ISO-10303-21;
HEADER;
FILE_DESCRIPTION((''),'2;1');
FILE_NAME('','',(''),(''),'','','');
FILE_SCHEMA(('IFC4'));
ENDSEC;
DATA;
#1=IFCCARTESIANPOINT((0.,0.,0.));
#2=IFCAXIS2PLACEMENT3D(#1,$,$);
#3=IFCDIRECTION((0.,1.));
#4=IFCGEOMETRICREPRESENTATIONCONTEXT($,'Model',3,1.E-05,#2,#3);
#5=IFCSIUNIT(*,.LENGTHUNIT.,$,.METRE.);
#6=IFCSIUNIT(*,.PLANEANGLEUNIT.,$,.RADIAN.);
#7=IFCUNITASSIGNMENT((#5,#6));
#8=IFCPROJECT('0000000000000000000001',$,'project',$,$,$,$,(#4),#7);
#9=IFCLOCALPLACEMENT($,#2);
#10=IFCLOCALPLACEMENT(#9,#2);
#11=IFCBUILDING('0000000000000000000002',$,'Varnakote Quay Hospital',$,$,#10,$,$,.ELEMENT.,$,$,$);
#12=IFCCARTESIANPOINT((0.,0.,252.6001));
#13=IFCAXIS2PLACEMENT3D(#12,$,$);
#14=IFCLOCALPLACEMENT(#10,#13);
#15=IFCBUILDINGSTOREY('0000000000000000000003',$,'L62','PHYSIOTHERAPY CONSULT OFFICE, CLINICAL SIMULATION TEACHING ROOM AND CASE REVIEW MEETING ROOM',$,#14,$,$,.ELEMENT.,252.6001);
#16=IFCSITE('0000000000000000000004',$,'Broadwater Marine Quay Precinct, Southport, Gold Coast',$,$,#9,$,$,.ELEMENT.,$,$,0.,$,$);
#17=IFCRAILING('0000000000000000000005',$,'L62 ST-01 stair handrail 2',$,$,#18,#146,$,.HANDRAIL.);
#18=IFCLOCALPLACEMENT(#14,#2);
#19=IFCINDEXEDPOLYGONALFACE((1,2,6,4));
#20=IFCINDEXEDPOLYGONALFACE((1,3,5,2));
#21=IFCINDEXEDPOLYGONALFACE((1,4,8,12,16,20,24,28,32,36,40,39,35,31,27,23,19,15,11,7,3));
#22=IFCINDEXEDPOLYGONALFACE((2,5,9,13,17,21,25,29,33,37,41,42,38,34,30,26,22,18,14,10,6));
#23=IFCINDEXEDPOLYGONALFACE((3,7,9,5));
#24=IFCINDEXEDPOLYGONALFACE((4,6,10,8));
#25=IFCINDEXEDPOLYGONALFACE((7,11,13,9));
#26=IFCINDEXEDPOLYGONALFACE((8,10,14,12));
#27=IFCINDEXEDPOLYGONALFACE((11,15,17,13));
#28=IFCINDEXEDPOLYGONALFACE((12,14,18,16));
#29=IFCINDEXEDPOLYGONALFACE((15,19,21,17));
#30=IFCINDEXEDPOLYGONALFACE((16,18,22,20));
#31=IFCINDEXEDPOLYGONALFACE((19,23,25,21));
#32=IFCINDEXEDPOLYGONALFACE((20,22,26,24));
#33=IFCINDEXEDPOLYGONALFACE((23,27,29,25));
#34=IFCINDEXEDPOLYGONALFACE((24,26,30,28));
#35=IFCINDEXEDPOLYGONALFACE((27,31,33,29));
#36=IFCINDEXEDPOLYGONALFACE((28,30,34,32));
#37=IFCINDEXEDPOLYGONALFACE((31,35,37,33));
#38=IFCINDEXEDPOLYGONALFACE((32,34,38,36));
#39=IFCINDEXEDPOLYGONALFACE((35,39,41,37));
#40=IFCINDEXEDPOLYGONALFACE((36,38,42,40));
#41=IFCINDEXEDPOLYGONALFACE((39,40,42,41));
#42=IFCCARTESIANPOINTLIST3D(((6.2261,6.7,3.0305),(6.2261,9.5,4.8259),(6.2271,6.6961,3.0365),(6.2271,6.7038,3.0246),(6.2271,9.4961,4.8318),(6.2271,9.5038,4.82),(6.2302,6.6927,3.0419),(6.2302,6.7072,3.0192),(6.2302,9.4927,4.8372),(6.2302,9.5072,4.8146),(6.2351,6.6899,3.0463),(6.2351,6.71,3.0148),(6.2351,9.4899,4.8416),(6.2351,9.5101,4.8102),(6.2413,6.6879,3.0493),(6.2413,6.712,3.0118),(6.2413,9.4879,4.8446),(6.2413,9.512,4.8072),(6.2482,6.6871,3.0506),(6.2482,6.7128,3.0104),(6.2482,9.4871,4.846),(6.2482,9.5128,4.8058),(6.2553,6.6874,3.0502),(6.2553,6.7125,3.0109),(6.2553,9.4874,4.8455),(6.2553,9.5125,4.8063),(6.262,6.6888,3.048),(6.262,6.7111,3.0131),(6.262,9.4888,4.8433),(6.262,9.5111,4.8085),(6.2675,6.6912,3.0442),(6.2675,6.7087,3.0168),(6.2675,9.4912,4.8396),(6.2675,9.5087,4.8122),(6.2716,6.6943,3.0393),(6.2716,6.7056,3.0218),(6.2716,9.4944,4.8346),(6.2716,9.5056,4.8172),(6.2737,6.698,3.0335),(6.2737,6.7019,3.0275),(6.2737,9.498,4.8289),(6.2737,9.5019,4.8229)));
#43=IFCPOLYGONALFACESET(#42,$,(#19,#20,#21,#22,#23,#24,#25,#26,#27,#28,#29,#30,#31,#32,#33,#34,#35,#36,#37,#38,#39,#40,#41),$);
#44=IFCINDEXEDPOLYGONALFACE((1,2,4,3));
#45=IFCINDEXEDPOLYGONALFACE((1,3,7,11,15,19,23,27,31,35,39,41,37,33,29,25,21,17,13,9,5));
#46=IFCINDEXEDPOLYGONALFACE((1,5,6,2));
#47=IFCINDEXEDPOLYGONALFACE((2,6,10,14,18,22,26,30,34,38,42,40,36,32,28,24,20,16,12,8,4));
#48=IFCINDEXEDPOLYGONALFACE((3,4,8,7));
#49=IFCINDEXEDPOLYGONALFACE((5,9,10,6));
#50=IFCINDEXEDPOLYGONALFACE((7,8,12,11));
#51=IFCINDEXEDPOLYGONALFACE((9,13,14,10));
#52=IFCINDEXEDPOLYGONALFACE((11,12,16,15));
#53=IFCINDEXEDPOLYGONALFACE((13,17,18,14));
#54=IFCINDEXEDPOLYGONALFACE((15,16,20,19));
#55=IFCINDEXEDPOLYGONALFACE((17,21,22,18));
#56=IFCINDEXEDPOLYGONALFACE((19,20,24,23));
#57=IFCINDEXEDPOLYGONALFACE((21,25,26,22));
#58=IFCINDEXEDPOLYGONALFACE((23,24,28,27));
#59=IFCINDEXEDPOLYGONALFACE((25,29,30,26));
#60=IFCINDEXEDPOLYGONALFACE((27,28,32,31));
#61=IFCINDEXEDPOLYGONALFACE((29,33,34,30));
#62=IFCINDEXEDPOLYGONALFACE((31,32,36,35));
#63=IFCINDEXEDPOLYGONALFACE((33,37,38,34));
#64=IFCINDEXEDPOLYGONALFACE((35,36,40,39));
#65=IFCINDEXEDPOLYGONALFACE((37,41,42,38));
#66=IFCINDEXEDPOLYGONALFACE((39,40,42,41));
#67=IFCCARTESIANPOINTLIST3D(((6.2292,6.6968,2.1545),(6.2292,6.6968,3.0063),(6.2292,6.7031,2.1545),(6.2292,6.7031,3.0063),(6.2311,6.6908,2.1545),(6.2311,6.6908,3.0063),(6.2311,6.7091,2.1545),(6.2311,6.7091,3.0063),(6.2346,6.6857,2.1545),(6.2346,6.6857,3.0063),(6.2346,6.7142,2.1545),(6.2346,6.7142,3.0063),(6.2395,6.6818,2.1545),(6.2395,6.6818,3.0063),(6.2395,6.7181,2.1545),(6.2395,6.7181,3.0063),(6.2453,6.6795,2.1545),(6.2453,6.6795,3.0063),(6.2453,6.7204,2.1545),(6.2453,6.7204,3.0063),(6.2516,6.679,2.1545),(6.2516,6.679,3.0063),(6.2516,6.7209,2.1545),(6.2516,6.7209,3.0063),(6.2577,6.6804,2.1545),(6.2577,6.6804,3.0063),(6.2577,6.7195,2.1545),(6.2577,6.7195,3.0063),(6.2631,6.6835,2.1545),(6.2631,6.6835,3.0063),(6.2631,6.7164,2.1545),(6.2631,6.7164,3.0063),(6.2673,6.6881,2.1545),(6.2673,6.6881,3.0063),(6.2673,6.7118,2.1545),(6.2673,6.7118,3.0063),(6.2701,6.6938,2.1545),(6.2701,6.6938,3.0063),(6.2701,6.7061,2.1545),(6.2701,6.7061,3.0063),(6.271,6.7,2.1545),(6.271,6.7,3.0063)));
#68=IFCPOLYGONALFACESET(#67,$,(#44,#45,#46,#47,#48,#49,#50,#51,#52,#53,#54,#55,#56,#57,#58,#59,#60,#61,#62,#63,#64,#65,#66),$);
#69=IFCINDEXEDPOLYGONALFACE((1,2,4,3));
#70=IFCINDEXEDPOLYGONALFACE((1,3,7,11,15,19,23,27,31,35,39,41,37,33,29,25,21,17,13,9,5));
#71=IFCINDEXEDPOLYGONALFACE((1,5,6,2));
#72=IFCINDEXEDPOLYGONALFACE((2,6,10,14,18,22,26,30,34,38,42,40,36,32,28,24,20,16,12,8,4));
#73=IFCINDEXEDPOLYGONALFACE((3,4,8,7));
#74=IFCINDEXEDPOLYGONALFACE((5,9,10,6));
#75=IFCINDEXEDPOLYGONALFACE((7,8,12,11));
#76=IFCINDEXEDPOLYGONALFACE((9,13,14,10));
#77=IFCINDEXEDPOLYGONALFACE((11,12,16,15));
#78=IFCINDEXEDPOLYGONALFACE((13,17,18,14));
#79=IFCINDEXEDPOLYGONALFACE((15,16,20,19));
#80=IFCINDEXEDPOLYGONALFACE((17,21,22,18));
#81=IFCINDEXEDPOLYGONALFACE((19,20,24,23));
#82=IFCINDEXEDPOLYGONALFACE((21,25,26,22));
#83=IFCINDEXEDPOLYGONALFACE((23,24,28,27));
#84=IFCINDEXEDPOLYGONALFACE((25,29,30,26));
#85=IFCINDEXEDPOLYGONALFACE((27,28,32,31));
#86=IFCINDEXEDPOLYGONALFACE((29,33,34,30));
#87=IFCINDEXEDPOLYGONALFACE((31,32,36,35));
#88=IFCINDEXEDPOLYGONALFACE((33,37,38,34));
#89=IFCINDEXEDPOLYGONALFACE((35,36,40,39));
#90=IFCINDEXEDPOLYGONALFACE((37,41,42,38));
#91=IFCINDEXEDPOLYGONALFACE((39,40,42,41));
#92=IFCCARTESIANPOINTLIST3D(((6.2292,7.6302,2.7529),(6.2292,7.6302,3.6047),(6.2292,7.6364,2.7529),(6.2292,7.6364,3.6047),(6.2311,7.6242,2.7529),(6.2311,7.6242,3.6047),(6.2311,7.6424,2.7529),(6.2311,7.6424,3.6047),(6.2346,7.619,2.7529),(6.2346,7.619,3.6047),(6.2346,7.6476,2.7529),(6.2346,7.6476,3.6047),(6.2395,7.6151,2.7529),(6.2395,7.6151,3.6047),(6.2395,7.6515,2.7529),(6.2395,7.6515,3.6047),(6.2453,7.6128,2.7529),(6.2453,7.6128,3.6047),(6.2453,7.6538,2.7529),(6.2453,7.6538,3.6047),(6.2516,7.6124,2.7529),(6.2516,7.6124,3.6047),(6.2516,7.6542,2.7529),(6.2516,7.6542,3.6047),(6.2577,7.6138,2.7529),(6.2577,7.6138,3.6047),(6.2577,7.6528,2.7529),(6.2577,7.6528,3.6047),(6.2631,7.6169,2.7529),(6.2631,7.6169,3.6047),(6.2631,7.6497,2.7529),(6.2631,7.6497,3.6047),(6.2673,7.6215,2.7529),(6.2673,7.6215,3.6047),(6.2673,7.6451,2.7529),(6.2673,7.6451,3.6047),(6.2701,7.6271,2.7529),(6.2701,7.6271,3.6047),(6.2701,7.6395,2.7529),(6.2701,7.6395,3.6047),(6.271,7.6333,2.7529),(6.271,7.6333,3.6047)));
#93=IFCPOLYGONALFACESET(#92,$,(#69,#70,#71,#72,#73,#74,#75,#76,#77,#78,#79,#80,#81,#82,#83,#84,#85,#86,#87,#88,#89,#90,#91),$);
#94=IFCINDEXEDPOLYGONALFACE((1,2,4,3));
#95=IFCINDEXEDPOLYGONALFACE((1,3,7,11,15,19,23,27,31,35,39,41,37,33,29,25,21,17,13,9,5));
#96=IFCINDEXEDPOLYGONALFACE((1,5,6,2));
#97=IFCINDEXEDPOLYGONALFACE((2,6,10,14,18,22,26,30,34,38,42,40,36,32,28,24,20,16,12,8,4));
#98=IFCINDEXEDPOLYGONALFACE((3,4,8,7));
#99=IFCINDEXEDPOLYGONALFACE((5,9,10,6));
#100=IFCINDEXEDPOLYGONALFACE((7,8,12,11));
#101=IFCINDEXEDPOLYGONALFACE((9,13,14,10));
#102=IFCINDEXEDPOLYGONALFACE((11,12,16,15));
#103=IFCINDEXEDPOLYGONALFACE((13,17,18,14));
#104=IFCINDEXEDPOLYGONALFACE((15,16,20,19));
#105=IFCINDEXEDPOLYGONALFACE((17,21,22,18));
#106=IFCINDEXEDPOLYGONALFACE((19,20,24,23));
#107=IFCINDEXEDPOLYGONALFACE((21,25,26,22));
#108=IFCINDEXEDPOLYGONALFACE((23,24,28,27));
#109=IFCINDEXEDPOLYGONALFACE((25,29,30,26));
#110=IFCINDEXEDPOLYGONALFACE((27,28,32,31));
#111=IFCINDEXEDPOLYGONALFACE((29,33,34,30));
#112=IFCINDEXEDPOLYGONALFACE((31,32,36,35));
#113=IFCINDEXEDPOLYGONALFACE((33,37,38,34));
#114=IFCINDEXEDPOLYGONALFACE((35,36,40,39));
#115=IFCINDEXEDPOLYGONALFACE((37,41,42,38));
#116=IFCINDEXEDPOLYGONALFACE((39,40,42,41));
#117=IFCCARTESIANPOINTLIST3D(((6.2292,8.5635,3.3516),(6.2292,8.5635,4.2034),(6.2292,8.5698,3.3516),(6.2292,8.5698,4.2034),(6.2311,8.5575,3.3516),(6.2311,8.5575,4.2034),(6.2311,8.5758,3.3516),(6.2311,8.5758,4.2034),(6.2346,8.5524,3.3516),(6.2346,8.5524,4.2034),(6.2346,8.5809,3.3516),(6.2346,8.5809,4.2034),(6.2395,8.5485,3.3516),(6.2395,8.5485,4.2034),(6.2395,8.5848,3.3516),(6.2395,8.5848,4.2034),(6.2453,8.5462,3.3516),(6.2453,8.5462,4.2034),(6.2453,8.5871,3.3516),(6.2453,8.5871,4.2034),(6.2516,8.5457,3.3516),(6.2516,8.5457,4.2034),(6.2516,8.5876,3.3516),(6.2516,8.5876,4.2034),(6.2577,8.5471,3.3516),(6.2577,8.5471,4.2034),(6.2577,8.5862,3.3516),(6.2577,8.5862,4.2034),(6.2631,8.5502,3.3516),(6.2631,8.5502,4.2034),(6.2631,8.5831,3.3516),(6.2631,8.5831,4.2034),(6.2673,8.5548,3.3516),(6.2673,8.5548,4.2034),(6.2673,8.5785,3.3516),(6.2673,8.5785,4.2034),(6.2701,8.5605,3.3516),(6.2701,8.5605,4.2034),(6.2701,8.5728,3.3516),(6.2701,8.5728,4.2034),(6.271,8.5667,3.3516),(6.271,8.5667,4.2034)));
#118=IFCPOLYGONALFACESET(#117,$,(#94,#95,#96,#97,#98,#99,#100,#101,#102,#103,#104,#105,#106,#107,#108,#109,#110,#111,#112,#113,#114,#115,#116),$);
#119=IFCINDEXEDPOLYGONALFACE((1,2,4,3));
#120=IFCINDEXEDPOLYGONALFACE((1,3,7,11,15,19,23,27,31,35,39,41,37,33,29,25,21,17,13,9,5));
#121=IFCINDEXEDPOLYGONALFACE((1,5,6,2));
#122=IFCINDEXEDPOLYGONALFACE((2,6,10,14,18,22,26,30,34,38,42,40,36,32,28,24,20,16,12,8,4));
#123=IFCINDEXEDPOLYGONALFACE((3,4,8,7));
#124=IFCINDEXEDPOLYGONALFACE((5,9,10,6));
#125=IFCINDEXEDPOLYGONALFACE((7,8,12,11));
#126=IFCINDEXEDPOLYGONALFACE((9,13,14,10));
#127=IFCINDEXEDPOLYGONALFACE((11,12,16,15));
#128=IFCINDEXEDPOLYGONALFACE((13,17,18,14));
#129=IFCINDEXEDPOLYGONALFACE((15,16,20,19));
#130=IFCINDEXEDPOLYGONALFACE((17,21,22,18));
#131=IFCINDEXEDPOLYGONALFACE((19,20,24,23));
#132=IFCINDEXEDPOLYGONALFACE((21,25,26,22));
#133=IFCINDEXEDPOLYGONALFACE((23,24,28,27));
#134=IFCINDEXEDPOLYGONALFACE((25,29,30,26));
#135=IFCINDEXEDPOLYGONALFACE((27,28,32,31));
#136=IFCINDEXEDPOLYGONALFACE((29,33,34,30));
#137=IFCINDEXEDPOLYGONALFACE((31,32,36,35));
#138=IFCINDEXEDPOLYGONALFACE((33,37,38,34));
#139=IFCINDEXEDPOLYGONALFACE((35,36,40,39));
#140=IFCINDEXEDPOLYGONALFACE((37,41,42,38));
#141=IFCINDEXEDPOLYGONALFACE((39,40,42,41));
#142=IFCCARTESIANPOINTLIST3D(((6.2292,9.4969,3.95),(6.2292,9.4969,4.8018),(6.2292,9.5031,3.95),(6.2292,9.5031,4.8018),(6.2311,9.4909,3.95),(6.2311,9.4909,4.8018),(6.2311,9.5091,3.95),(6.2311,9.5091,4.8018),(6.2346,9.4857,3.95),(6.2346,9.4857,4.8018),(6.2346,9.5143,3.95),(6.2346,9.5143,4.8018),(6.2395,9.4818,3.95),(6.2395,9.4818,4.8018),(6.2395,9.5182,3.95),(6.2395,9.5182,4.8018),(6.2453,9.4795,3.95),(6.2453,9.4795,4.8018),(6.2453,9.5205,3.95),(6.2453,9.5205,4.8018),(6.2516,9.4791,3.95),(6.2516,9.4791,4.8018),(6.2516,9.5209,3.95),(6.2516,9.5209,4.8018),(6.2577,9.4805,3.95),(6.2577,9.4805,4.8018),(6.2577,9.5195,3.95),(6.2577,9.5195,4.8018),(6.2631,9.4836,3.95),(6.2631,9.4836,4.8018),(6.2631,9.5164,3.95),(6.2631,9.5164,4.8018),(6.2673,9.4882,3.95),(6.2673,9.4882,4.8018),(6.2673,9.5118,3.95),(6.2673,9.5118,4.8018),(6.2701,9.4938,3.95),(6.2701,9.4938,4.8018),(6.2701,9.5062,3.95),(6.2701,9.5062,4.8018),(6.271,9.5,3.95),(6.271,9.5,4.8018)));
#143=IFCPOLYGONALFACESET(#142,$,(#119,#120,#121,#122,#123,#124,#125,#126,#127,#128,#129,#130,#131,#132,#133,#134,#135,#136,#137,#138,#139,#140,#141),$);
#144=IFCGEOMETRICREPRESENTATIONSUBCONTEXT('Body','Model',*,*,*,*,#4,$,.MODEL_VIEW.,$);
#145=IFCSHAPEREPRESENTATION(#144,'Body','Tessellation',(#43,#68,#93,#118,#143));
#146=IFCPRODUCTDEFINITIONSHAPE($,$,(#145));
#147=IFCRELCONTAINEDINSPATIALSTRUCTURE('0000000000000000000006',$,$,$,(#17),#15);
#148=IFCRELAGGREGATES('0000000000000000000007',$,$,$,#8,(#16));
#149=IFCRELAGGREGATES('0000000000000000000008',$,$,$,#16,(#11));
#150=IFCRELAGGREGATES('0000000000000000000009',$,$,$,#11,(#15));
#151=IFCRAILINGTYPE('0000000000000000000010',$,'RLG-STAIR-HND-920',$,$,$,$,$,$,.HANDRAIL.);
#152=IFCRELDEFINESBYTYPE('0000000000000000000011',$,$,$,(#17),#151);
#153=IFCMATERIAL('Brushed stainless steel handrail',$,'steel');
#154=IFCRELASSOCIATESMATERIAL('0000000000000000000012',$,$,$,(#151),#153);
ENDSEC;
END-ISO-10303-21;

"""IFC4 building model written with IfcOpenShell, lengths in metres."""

from ifc_helpers import new_model, si_unit, direction, frame, origin, origin_2d, place, context, subcontext, project, spatial, circle, extrude, material, type_object, element, save


model = new_model("IFC4")

# Units and contexts
model_context = context("Model", 3, precision=1e-05, world=origin(), true_north=direction((0.0, 1.0)))
body_context = subcontext(model_context, "Body", "Model", "MODEL_VIEW")
ifc_project = project(units=[si_unit("LENGTHUNIT", "METRE"), si_unit("PLANEANGLEUNIT", "RADIAN")], contexts=[model_context])

# Site, building, storey
site_placement = place(None, origin())
site = spatial("IfcSite", under=ifc_project, at=site_placement, Name="Broadwater Marine Quay Precinct, Southport, Gold Coast", CompositionType="ELEMENT", RefElevation=0.0)
building_placement = place(site_placement, origin())
building = spatial("IfcBuilding", under=site, at=building_placement, Name="Varnakote Quay Hospital", CompositionType="ELEMENT")
storey_placement = place(building_placement, frame((0.0, 0.0, 252.6001)))
storey = spatial("IfcBuildingStorey", under=building, at=storey_placement, Name="L62", Description="PHYSIOTHERAPY CONSULT OFFICE, CLINICAL SIMULATION TEACHING ROOM AND CASE REVIEW MEETING ROOM", CompositionType="ELEMENT", Elevation=252.6001)

# Railing
ifc_material_1 = material(Name="Brushed stainless steel handrail", Category="steel")
railing_type_1 = type_object("IfcRailingType", Name="RLG-STAIR-HND-920", PredefinedType="HANDRAIL", material=ifc_material_1)
railing_1_placement = place(storey_placement, frame((6.25, 6.7, 2.1545)))
element("IfcRailing", 1, at=railing_1_placement, inside=storey, type_object=railing_type_1, Name="L62 ST-01 stair handrail 2", PredefinedType="HANDRAIL", context=body_context, shape_type="SweptSolid", body=[
    extrude(circle(Radius=0.0239, at=origin_2d()), frame((0.0, 0.0, 0.876), z_axis=(0.0, 0.84181, 0.539774), x_axis=(-1.0, 0.0, 0.0)), (0.0, 0.0, 1.0), 3.3262),
    extrude(circle(Radius=0.021, at=origin_2d()), origin(), (0.0, 0.0, 1.0), 0.8518),
    extrude(circle(Radius=0.021, at=origin_2d()), frame((0.0, 0.9333, 0.5984)), (0.0, 0.0, 1.0), 0.8518),
    extrude(circle(Radius=0.021, at=origin_2d()), frame((0.0, 1.8667, 1.197)), (0.0, 0.0, 1.0), 0.8518),
    extrude(circle(Radius=0.021, at=origin_2d()), frame((0.0, 2.8, 1.7954)), (0.0, 0.0, 1.0), 0.8518),
])

save(model, "model.ifc")
